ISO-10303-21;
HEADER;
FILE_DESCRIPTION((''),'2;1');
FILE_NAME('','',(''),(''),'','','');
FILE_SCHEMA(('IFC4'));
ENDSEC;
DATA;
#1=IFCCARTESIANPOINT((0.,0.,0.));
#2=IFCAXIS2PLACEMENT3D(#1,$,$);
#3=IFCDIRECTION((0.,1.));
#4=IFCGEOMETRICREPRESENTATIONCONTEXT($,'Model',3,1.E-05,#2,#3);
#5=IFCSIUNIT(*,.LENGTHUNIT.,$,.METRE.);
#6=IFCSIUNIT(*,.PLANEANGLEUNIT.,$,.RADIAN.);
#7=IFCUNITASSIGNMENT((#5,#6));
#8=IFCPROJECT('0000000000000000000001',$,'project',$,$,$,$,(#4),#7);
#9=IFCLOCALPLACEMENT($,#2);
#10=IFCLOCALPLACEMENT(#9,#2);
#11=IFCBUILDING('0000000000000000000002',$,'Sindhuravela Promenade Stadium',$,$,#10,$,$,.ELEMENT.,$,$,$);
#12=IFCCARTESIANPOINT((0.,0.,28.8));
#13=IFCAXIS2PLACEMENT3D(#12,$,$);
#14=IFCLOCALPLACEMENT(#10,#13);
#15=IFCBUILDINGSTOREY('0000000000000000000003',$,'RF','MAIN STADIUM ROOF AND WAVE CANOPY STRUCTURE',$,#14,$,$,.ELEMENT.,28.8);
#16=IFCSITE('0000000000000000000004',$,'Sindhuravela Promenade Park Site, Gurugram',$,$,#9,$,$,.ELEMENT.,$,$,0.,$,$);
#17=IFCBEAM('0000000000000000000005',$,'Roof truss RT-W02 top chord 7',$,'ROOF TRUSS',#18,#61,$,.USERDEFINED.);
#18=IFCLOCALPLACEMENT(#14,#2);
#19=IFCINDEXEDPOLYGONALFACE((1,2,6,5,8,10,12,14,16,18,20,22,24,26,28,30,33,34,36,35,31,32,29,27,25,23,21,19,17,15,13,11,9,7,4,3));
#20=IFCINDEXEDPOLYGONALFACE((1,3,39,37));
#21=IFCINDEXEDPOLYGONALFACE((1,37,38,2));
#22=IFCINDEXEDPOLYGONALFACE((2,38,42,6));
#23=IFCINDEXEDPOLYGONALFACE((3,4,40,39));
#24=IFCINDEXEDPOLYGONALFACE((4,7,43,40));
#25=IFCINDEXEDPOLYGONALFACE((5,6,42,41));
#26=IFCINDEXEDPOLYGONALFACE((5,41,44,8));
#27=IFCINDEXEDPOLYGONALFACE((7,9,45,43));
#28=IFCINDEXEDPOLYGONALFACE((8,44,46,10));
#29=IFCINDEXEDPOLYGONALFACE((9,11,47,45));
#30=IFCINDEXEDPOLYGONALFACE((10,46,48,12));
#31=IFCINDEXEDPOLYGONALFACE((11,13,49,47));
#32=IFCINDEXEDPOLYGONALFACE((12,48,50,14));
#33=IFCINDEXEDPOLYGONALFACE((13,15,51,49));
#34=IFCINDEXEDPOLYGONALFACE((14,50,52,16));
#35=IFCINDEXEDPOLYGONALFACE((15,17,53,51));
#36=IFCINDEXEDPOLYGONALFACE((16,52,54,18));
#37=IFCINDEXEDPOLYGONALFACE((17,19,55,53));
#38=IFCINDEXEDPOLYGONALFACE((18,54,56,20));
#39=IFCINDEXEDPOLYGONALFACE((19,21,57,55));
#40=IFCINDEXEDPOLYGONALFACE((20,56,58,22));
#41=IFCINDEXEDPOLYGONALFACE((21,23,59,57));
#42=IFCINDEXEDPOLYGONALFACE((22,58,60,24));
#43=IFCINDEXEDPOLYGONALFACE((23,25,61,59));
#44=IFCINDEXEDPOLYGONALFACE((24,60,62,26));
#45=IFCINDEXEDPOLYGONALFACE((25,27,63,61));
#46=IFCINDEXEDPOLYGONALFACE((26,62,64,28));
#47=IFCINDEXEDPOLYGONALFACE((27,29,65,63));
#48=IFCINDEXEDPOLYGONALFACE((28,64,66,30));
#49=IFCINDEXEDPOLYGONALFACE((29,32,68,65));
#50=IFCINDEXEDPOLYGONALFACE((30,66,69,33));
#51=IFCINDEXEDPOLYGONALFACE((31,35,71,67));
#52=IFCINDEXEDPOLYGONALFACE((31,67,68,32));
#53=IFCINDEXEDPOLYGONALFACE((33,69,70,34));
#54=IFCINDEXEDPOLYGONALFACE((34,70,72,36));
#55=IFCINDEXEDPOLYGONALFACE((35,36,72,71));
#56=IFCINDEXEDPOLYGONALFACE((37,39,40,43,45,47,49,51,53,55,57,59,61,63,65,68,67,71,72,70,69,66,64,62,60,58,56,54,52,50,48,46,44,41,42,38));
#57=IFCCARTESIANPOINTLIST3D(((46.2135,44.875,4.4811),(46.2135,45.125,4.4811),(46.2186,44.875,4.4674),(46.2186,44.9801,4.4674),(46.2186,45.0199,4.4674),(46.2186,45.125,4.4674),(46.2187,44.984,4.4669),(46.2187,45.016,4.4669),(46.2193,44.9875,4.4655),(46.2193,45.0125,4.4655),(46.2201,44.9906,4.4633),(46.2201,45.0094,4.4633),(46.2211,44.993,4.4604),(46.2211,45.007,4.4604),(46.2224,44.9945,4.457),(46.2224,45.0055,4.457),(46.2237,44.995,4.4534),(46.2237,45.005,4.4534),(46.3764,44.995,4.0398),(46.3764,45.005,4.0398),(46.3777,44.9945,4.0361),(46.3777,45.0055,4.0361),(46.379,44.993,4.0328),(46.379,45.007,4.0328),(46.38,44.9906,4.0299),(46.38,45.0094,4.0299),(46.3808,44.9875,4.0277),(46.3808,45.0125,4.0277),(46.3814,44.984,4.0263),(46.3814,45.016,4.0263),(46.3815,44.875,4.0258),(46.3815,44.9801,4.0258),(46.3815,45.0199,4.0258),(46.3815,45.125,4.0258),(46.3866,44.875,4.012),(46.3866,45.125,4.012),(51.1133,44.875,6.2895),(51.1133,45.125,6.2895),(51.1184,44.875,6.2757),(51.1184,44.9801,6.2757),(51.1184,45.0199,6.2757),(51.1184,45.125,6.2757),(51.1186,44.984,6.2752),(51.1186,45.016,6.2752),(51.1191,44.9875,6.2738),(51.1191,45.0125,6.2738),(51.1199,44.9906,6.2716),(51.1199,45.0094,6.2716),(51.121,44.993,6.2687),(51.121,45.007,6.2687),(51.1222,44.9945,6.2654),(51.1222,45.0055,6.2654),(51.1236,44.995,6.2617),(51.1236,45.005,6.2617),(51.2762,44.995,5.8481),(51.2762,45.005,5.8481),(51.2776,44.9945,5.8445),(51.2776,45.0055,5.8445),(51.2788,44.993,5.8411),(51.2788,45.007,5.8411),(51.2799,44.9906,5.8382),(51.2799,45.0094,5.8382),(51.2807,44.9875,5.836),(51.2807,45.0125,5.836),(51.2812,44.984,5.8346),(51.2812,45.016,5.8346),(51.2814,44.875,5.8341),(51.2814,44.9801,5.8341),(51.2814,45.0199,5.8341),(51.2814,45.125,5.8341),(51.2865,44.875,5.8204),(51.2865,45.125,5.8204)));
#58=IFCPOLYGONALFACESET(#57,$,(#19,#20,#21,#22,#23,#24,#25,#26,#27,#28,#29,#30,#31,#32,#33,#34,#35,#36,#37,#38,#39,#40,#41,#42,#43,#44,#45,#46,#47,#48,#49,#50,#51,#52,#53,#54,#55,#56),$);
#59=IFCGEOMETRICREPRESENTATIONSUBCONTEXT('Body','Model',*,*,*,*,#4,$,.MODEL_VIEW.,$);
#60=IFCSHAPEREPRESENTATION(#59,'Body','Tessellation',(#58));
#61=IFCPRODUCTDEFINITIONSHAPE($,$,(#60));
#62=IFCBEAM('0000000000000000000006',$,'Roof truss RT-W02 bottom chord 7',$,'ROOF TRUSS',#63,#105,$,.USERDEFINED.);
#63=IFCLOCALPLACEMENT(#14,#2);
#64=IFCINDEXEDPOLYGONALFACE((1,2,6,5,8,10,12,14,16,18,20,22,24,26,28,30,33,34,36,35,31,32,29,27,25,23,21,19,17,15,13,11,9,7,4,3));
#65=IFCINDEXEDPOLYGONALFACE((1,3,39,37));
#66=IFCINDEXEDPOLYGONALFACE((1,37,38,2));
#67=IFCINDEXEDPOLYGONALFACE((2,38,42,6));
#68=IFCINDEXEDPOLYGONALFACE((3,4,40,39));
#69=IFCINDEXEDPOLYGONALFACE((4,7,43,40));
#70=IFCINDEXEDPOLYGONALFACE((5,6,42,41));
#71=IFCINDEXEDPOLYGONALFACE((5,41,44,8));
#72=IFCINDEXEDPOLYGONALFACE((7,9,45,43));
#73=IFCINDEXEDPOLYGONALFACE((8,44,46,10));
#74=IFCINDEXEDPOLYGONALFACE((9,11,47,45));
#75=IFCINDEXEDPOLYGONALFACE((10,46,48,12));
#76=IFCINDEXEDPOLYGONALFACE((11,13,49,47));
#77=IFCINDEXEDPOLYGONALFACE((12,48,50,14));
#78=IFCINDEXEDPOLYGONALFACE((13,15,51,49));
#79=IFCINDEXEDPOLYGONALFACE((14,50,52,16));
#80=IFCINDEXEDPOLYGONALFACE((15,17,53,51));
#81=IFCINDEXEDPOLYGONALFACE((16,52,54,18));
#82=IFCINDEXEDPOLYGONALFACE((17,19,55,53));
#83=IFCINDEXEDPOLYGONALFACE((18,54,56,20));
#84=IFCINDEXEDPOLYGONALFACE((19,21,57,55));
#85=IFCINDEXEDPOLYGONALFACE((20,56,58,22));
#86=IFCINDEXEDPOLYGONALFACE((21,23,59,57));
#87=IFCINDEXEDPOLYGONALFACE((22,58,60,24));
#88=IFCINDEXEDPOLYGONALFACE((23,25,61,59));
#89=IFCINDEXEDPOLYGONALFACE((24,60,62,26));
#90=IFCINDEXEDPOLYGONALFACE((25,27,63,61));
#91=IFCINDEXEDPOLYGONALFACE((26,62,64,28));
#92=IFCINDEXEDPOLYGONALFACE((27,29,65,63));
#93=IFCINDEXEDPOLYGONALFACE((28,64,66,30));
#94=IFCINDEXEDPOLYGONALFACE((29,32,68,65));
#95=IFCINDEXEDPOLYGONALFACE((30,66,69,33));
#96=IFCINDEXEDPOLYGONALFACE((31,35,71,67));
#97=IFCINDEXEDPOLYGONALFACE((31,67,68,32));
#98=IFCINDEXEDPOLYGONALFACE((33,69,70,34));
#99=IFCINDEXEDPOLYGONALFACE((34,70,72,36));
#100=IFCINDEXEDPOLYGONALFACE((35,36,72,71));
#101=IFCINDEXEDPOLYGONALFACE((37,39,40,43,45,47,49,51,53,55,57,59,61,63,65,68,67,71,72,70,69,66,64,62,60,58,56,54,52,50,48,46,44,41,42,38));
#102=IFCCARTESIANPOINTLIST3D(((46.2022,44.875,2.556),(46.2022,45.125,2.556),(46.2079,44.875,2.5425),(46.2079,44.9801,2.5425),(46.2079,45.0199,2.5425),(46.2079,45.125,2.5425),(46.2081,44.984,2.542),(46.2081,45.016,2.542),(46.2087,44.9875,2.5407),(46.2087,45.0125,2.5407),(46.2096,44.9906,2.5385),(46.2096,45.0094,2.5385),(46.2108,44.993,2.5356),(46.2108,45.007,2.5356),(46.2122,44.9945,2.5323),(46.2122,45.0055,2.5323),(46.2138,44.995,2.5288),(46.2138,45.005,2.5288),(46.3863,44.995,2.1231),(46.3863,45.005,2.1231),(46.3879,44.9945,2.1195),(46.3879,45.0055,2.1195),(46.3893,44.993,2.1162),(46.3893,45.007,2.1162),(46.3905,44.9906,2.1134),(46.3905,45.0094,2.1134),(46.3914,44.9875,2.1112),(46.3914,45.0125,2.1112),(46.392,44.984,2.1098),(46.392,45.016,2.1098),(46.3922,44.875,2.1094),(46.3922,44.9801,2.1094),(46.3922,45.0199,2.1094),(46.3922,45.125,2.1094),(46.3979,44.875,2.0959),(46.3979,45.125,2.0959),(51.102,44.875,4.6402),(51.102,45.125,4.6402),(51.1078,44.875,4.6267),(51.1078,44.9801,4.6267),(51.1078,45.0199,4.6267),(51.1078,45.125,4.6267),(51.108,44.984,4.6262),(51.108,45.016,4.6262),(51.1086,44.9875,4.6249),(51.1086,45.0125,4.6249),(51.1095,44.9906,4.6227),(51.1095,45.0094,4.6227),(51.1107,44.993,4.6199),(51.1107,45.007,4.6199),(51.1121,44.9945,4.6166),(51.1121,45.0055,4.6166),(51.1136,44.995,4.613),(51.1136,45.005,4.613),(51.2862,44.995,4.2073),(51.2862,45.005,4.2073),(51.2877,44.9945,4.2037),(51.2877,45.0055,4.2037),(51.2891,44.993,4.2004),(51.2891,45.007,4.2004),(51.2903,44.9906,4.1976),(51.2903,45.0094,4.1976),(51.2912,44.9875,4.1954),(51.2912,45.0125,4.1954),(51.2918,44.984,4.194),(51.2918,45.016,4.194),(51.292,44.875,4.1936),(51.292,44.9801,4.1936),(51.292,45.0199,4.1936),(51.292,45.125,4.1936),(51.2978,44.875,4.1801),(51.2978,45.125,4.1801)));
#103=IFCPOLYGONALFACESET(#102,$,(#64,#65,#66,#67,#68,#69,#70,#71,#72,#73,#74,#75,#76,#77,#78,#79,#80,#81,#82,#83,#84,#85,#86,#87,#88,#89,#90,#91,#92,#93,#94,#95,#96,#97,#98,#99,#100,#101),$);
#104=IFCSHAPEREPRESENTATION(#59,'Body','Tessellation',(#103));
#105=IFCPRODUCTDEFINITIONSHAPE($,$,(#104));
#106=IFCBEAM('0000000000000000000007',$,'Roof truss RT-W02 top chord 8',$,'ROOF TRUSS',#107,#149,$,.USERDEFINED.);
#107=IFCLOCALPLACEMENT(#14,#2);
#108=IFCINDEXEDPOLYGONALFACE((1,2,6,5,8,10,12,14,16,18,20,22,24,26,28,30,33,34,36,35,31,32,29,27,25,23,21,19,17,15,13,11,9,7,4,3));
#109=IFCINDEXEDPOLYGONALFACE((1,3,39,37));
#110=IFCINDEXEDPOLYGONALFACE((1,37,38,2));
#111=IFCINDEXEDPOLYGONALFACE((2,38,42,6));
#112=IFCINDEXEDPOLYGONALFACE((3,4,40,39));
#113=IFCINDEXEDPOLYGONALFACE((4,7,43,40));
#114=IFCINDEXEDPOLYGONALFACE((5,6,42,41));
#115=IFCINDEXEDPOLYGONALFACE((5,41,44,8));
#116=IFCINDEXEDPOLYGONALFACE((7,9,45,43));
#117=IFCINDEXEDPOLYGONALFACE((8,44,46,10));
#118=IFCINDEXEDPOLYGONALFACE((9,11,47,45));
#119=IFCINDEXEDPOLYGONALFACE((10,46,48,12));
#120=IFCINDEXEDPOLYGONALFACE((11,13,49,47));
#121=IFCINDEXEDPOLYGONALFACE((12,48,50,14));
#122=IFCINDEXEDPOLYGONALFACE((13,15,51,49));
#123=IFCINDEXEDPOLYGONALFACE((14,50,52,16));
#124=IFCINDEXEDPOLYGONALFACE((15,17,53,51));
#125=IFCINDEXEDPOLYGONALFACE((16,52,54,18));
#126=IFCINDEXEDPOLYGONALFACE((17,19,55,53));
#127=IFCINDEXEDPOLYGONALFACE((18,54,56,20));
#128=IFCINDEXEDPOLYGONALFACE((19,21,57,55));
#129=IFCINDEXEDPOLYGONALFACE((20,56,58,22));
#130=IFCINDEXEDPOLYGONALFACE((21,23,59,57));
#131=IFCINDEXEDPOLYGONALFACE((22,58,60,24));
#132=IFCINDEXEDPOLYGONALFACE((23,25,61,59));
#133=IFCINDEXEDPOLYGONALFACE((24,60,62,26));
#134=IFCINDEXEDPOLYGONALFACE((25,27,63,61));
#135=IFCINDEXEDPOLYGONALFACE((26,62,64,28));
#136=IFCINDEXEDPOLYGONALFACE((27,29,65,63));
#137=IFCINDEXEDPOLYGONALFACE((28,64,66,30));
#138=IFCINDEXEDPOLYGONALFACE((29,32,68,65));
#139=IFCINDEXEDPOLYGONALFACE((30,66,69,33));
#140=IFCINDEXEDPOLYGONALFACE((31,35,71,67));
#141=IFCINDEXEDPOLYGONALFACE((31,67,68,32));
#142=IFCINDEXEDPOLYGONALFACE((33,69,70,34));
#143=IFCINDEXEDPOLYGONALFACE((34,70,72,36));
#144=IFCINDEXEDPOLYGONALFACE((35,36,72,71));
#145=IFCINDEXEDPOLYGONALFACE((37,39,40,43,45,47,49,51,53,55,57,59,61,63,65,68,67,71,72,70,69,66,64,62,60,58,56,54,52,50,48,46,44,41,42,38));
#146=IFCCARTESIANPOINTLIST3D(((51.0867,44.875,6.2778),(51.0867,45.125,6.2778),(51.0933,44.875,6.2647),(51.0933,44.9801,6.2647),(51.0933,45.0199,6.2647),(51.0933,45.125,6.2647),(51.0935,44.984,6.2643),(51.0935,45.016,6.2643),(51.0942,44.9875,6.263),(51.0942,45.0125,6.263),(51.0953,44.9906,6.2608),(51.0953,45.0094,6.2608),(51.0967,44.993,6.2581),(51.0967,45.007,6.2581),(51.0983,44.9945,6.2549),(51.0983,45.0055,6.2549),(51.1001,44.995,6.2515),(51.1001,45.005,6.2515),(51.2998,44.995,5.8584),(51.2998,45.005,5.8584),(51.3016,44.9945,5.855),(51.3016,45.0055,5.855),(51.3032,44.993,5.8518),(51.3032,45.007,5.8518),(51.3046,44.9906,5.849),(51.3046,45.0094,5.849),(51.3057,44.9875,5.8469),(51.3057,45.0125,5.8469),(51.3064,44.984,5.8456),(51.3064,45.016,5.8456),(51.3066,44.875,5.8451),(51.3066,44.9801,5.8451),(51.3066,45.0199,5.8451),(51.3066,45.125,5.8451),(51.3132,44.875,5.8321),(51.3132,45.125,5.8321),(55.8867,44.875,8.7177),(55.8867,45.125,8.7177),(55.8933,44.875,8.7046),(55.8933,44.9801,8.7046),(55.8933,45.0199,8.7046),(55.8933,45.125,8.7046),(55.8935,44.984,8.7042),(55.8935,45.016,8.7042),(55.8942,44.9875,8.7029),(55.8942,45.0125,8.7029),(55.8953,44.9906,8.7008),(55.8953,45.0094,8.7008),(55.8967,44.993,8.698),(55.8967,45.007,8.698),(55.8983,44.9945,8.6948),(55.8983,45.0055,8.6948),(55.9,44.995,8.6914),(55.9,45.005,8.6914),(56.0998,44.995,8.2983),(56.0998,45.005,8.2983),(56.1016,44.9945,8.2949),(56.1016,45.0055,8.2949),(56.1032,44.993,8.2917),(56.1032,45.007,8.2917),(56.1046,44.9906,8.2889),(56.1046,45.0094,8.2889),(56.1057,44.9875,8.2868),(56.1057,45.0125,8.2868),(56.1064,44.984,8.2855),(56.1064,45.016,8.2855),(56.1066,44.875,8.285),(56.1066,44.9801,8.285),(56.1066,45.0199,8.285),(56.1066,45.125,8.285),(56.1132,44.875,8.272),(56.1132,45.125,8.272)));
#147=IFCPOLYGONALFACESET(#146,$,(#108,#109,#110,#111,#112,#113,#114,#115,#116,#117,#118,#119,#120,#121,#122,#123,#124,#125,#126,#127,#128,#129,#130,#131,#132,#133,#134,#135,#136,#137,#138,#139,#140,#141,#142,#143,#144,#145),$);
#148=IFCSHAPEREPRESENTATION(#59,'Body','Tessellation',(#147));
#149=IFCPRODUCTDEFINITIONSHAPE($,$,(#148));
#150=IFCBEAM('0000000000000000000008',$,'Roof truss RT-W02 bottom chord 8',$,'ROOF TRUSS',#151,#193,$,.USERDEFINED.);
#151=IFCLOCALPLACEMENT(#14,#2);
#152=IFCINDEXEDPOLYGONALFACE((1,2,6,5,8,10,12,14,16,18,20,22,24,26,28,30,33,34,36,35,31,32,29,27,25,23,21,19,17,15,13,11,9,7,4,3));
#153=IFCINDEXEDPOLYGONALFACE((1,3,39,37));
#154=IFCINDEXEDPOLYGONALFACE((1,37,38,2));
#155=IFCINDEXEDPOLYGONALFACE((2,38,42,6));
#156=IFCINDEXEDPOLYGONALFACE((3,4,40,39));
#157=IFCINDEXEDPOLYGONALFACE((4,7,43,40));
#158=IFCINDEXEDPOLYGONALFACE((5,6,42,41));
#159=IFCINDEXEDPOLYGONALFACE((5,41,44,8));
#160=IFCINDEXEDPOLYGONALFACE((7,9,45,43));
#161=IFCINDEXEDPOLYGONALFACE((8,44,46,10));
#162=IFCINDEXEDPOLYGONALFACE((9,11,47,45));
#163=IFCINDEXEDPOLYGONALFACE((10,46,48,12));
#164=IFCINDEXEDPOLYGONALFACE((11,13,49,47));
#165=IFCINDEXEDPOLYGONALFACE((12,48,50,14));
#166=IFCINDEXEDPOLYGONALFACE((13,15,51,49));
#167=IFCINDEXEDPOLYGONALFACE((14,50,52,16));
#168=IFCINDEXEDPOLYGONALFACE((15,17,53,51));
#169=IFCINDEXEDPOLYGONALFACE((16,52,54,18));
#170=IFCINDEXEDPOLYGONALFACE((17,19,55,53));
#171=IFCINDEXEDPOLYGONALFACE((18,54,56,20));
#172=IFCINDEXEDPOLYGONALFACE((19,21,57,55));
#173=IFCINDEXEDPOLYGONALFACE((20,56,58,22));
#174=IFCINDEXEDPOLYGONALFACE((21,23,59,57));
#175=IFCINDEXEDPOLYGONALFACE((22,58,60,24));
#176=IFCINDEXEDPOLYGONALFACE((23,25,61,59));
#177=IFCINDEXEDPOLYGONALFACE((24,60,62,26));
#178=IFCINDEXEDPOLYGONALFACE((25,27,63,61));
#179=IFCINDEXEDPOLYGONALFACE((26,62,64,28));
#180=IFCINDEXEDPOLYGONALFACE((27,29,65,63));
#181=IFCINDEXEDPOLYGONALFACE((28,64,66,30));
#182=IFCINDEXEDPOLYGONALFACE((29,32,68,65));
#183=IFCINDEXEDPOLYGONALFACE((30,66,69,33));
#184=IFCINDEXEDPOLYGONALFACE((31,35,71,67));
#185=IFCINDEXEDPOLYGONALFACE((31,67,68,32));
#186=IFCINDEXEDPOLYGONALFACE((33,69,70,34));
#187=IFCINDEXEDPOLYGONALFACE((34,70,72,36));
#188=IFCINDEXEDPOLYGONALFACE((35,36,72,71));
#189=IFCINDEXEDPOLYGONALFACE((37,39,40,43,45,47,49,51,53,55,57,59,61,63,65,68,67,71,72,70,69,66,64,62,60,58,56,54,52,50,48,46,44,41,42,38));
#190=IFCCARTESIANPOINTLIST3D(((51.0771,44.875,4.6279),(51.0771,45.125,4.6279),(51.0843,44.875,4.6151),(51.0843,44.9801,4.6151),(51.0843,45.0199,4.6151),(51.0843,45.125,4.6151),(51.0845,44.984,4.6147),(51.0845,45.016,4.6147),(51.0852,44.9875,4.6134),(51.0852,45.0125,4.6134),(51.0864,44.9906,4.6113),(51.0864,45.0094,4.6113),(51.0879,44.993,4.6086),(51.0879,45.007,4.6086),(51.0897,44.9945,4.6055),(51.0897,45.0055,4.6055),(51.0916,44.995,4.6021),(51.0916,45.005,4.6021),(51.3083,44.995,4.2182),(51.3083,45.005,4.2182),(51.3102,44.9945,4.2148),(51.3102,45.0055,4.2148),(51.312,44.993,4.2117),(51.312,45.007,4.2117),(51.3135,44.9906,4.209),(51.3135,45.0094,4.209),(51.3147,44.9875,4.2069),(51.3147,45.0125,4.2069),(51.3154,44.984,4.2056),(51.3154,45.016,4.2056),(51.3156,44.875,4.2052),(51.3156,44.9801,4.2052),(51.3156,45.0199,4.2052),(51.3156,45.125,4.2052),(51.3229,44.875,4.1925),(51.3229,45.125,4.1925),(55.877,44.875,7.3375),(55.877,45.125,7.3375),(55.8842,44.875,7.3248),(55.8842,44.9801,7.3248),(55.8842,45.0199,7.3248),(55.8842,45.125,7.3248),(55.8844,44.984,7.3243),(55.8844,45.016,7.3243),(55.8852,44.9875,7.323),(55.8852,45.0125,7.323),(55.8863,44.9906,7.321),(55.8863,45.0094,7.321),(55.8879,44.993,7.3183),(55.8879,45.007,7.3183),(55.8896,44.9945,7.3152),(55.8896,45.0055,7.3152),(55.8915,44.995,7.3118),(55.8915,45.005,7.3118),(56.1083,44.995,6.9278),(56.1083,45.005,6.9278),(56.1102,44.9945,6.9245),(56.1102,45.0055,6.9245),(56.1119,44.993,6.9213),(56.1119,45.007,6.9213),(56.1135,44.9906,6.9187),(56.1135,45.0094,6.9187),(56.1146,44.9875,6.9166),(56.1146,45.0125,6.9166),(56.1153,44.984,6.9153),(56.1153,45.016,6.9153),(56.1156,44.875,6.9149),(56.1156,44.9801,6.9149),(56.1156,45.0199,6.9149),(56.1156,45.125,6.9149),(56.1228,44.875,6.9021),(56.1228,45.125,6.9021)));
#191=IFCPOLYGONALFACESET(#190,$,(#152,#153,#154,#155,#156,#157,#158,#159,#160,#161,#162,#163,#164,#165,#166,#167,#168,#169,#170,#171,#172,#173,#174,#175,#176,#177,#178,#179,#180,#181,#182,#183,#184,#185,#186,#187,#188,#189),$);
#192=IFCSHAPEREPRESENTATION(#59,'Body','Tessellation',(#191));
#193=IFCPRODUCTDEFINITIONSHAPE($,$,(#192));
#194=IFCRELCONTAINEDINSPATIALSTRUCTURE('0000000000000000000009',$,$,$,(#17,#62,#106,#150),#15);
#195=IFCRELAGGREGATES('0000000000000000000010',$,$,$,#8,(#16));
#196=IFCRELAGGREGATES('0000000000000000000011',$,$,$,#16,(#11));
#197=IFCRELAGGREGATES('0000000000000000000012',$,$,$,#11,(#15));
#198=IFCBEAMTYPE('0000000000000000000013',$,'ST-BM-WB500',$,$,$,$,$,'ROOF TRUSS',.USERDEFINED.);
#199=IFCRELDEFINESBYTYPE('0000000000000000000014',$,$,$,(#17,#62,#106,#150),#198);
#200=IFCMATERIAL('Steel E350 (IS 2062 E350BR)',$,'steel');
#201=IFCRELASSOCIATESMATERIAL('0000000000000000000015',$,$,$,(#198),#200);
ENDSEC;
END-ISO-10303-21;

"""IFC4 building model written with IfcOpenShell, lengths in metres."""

from ifc_helpers import new_model, si_unit, direction, frame, origin, origin_2d, place, context, subcontext, project, spatial, i_section, extrude, material, material_profile, profile_set, type_object, element, save


model = new_model("IFC4")

# Units and contexts
model_context = context("Model", 3, precision=1e-05, world=origin(), true_north=direction((0.0, 1.0)))
body_context = subcontext(model_context, "Body", "Model", "MODEL_VIEW")
ifc_project = project(units=[si_unit("LENGTHUNIT", "METRE"), si_unit("PLANEANGLEUNIT", "RADIAN")], contexts=[model_context])

# Site, building, storey
site_placement = place(None, origin())
site = spatial("IfcSite", under=ifc_project, at=site_placement, Name="Sindhuravela Promenade Park Site, Gurugram", CompositionType="ELEMENT", RefElevation=0.0)
building_placement = place(site_placement, origin())
building = spatial("IfcBuilding", under=site, at=building_placement, Name="Sindhuravela Promenade Stadium", CompositionType="ELEMENT")
storey_placement = place(building_placement, frame((0.0, 0.0, 28.8)))
storey = spatial("IfcBuildingStorey", under=building, at=storey_placement, Name="RF", Description="MAIN STADIUM ROOF AND WAVE CANOPY STRUCTURE", CompositionType="ELEMENT", Elevation=28.8)

# Beams
ifc_material_1 = material(Name="Steel E350 (IS 2062 E350BR)", Category="steel")
ifc_material_profile_1 = material_profile(ifc_material_1, i_section(OverallWidth=0.25, OverallDepth=0.5, WebThickness=0.01, FlangeThickness=0.0146, FilletRadius=0.0149, at=origin_2d()), Name="ISWB 500")
ifc_profile_set_1 = profile_set([ifc_material_profile_1], Name="Steel E350 (IS 2062 E350BR)")
beam_type = type_object("IfcBeamType", Name="ST-BM-WB500", ElementType="ROOF TRUSS", PredefinedType="USERDEFINED", material=ifc_profile_set_1)
beam_1_placement = place(storey_placement, frame((46.3, 45.0, 4.2466), z_axis=(0.938149, 0.0, 0.346232), x_axis=(0.0, 1.0, 0.0)))
element("IfcBeam", 1, at=beam_1_placement, inside=storey, type_object=beam_type, Name="Roof truss RT-W02 top chord 7", ObjectType="ROOF TRUSS", PredefinedType="USERDEFINED", context=body_context, shape_type="SweptSolid", body=[
    extrude(i_section(OverallWidth=0.25, OverallDepth=0.5, WebThickness=0.01, FlangeThickness=0.0146, FilletRadius=0.0149, at=origin_2d()), origin(), (0.0, 0.0, 1.0), 5.2229),
])
beam_2_placement = place(storey_placement, frame((46.3, 45.0, 2.3259), z_axis=(0.920211, 0.0, 0.391422), x_axis=(0.0, 1.0, 0.0)))
element("IfcBeam", 2, at=beam_2_placement, inside=storey, type_object=beam_type, Name="Roof truss RT-W02 bottom chord 7", ObjectType="ROOF TRUSS", PredefinedType="USERDEFINED", context=body_context, shape_type="SweptSolid", body=[
    extrude(i_section(OverallWidth=0.25, OverallDepth=0.5, WebThickness=0.01, FlangeThickness=0.0146, FilletRadius=0.0149, at=origin_2d()), origin(), (0.0, 0.0, 1.0), 5.3247),
])
beam_3_placement = place(storey_placement, frame((51.2, 45.0, 6.0549), z_axis=(0.891442, 0.0, 0.453134), x_axis=(0.0, 1.0, 0.0)))
element("IfcBeam", 3, at=beam_3_placement, inside=storey, type_object=beam_type, Name="Roof truss RT-W02 top chord 8", ObjectType="ROOF TRUSS", PredefinedType="USERDEFINED", context=body_context, shape_type="SweptSolid", body=[
    extrude(i_section(OverallWidth=0.25, OverallDepth=0.5, WebThickness=0.01, FlangeThickness=0.0146, FilletRadius=0.0149, at=origin_2d()), origin(), (0.0, 0.0, 1.0), 5.3845),
])
beam_4_placement = place(storey_placement, frame((51.2, 45.0, 4.4102), z_axis=(0.870823, 0.0, 0.491596), x_axis=(0.0, 1.0, 0.0)))
element("IfcBeam", 4, at=beam_4_placement, inside=storey, type_object=beam_type, Name="Roof truss RT-W02 bottom chord 8", ObjectType="ROOF TRUSS", PredefinedType="USERDEFINED", context=body_context, shape_type="SweptSolid", body=[
    extrude(i_section(OverallWidth=0.25, OverallDepth=0.5, WebThickness=0.01, FlangeThickness=0.0146, FilletRadius=0.0149, at=origin_2d()), origin(), (0.0, 0.0, 1.0), 5.512),
])

save(model, "model.ifc")
